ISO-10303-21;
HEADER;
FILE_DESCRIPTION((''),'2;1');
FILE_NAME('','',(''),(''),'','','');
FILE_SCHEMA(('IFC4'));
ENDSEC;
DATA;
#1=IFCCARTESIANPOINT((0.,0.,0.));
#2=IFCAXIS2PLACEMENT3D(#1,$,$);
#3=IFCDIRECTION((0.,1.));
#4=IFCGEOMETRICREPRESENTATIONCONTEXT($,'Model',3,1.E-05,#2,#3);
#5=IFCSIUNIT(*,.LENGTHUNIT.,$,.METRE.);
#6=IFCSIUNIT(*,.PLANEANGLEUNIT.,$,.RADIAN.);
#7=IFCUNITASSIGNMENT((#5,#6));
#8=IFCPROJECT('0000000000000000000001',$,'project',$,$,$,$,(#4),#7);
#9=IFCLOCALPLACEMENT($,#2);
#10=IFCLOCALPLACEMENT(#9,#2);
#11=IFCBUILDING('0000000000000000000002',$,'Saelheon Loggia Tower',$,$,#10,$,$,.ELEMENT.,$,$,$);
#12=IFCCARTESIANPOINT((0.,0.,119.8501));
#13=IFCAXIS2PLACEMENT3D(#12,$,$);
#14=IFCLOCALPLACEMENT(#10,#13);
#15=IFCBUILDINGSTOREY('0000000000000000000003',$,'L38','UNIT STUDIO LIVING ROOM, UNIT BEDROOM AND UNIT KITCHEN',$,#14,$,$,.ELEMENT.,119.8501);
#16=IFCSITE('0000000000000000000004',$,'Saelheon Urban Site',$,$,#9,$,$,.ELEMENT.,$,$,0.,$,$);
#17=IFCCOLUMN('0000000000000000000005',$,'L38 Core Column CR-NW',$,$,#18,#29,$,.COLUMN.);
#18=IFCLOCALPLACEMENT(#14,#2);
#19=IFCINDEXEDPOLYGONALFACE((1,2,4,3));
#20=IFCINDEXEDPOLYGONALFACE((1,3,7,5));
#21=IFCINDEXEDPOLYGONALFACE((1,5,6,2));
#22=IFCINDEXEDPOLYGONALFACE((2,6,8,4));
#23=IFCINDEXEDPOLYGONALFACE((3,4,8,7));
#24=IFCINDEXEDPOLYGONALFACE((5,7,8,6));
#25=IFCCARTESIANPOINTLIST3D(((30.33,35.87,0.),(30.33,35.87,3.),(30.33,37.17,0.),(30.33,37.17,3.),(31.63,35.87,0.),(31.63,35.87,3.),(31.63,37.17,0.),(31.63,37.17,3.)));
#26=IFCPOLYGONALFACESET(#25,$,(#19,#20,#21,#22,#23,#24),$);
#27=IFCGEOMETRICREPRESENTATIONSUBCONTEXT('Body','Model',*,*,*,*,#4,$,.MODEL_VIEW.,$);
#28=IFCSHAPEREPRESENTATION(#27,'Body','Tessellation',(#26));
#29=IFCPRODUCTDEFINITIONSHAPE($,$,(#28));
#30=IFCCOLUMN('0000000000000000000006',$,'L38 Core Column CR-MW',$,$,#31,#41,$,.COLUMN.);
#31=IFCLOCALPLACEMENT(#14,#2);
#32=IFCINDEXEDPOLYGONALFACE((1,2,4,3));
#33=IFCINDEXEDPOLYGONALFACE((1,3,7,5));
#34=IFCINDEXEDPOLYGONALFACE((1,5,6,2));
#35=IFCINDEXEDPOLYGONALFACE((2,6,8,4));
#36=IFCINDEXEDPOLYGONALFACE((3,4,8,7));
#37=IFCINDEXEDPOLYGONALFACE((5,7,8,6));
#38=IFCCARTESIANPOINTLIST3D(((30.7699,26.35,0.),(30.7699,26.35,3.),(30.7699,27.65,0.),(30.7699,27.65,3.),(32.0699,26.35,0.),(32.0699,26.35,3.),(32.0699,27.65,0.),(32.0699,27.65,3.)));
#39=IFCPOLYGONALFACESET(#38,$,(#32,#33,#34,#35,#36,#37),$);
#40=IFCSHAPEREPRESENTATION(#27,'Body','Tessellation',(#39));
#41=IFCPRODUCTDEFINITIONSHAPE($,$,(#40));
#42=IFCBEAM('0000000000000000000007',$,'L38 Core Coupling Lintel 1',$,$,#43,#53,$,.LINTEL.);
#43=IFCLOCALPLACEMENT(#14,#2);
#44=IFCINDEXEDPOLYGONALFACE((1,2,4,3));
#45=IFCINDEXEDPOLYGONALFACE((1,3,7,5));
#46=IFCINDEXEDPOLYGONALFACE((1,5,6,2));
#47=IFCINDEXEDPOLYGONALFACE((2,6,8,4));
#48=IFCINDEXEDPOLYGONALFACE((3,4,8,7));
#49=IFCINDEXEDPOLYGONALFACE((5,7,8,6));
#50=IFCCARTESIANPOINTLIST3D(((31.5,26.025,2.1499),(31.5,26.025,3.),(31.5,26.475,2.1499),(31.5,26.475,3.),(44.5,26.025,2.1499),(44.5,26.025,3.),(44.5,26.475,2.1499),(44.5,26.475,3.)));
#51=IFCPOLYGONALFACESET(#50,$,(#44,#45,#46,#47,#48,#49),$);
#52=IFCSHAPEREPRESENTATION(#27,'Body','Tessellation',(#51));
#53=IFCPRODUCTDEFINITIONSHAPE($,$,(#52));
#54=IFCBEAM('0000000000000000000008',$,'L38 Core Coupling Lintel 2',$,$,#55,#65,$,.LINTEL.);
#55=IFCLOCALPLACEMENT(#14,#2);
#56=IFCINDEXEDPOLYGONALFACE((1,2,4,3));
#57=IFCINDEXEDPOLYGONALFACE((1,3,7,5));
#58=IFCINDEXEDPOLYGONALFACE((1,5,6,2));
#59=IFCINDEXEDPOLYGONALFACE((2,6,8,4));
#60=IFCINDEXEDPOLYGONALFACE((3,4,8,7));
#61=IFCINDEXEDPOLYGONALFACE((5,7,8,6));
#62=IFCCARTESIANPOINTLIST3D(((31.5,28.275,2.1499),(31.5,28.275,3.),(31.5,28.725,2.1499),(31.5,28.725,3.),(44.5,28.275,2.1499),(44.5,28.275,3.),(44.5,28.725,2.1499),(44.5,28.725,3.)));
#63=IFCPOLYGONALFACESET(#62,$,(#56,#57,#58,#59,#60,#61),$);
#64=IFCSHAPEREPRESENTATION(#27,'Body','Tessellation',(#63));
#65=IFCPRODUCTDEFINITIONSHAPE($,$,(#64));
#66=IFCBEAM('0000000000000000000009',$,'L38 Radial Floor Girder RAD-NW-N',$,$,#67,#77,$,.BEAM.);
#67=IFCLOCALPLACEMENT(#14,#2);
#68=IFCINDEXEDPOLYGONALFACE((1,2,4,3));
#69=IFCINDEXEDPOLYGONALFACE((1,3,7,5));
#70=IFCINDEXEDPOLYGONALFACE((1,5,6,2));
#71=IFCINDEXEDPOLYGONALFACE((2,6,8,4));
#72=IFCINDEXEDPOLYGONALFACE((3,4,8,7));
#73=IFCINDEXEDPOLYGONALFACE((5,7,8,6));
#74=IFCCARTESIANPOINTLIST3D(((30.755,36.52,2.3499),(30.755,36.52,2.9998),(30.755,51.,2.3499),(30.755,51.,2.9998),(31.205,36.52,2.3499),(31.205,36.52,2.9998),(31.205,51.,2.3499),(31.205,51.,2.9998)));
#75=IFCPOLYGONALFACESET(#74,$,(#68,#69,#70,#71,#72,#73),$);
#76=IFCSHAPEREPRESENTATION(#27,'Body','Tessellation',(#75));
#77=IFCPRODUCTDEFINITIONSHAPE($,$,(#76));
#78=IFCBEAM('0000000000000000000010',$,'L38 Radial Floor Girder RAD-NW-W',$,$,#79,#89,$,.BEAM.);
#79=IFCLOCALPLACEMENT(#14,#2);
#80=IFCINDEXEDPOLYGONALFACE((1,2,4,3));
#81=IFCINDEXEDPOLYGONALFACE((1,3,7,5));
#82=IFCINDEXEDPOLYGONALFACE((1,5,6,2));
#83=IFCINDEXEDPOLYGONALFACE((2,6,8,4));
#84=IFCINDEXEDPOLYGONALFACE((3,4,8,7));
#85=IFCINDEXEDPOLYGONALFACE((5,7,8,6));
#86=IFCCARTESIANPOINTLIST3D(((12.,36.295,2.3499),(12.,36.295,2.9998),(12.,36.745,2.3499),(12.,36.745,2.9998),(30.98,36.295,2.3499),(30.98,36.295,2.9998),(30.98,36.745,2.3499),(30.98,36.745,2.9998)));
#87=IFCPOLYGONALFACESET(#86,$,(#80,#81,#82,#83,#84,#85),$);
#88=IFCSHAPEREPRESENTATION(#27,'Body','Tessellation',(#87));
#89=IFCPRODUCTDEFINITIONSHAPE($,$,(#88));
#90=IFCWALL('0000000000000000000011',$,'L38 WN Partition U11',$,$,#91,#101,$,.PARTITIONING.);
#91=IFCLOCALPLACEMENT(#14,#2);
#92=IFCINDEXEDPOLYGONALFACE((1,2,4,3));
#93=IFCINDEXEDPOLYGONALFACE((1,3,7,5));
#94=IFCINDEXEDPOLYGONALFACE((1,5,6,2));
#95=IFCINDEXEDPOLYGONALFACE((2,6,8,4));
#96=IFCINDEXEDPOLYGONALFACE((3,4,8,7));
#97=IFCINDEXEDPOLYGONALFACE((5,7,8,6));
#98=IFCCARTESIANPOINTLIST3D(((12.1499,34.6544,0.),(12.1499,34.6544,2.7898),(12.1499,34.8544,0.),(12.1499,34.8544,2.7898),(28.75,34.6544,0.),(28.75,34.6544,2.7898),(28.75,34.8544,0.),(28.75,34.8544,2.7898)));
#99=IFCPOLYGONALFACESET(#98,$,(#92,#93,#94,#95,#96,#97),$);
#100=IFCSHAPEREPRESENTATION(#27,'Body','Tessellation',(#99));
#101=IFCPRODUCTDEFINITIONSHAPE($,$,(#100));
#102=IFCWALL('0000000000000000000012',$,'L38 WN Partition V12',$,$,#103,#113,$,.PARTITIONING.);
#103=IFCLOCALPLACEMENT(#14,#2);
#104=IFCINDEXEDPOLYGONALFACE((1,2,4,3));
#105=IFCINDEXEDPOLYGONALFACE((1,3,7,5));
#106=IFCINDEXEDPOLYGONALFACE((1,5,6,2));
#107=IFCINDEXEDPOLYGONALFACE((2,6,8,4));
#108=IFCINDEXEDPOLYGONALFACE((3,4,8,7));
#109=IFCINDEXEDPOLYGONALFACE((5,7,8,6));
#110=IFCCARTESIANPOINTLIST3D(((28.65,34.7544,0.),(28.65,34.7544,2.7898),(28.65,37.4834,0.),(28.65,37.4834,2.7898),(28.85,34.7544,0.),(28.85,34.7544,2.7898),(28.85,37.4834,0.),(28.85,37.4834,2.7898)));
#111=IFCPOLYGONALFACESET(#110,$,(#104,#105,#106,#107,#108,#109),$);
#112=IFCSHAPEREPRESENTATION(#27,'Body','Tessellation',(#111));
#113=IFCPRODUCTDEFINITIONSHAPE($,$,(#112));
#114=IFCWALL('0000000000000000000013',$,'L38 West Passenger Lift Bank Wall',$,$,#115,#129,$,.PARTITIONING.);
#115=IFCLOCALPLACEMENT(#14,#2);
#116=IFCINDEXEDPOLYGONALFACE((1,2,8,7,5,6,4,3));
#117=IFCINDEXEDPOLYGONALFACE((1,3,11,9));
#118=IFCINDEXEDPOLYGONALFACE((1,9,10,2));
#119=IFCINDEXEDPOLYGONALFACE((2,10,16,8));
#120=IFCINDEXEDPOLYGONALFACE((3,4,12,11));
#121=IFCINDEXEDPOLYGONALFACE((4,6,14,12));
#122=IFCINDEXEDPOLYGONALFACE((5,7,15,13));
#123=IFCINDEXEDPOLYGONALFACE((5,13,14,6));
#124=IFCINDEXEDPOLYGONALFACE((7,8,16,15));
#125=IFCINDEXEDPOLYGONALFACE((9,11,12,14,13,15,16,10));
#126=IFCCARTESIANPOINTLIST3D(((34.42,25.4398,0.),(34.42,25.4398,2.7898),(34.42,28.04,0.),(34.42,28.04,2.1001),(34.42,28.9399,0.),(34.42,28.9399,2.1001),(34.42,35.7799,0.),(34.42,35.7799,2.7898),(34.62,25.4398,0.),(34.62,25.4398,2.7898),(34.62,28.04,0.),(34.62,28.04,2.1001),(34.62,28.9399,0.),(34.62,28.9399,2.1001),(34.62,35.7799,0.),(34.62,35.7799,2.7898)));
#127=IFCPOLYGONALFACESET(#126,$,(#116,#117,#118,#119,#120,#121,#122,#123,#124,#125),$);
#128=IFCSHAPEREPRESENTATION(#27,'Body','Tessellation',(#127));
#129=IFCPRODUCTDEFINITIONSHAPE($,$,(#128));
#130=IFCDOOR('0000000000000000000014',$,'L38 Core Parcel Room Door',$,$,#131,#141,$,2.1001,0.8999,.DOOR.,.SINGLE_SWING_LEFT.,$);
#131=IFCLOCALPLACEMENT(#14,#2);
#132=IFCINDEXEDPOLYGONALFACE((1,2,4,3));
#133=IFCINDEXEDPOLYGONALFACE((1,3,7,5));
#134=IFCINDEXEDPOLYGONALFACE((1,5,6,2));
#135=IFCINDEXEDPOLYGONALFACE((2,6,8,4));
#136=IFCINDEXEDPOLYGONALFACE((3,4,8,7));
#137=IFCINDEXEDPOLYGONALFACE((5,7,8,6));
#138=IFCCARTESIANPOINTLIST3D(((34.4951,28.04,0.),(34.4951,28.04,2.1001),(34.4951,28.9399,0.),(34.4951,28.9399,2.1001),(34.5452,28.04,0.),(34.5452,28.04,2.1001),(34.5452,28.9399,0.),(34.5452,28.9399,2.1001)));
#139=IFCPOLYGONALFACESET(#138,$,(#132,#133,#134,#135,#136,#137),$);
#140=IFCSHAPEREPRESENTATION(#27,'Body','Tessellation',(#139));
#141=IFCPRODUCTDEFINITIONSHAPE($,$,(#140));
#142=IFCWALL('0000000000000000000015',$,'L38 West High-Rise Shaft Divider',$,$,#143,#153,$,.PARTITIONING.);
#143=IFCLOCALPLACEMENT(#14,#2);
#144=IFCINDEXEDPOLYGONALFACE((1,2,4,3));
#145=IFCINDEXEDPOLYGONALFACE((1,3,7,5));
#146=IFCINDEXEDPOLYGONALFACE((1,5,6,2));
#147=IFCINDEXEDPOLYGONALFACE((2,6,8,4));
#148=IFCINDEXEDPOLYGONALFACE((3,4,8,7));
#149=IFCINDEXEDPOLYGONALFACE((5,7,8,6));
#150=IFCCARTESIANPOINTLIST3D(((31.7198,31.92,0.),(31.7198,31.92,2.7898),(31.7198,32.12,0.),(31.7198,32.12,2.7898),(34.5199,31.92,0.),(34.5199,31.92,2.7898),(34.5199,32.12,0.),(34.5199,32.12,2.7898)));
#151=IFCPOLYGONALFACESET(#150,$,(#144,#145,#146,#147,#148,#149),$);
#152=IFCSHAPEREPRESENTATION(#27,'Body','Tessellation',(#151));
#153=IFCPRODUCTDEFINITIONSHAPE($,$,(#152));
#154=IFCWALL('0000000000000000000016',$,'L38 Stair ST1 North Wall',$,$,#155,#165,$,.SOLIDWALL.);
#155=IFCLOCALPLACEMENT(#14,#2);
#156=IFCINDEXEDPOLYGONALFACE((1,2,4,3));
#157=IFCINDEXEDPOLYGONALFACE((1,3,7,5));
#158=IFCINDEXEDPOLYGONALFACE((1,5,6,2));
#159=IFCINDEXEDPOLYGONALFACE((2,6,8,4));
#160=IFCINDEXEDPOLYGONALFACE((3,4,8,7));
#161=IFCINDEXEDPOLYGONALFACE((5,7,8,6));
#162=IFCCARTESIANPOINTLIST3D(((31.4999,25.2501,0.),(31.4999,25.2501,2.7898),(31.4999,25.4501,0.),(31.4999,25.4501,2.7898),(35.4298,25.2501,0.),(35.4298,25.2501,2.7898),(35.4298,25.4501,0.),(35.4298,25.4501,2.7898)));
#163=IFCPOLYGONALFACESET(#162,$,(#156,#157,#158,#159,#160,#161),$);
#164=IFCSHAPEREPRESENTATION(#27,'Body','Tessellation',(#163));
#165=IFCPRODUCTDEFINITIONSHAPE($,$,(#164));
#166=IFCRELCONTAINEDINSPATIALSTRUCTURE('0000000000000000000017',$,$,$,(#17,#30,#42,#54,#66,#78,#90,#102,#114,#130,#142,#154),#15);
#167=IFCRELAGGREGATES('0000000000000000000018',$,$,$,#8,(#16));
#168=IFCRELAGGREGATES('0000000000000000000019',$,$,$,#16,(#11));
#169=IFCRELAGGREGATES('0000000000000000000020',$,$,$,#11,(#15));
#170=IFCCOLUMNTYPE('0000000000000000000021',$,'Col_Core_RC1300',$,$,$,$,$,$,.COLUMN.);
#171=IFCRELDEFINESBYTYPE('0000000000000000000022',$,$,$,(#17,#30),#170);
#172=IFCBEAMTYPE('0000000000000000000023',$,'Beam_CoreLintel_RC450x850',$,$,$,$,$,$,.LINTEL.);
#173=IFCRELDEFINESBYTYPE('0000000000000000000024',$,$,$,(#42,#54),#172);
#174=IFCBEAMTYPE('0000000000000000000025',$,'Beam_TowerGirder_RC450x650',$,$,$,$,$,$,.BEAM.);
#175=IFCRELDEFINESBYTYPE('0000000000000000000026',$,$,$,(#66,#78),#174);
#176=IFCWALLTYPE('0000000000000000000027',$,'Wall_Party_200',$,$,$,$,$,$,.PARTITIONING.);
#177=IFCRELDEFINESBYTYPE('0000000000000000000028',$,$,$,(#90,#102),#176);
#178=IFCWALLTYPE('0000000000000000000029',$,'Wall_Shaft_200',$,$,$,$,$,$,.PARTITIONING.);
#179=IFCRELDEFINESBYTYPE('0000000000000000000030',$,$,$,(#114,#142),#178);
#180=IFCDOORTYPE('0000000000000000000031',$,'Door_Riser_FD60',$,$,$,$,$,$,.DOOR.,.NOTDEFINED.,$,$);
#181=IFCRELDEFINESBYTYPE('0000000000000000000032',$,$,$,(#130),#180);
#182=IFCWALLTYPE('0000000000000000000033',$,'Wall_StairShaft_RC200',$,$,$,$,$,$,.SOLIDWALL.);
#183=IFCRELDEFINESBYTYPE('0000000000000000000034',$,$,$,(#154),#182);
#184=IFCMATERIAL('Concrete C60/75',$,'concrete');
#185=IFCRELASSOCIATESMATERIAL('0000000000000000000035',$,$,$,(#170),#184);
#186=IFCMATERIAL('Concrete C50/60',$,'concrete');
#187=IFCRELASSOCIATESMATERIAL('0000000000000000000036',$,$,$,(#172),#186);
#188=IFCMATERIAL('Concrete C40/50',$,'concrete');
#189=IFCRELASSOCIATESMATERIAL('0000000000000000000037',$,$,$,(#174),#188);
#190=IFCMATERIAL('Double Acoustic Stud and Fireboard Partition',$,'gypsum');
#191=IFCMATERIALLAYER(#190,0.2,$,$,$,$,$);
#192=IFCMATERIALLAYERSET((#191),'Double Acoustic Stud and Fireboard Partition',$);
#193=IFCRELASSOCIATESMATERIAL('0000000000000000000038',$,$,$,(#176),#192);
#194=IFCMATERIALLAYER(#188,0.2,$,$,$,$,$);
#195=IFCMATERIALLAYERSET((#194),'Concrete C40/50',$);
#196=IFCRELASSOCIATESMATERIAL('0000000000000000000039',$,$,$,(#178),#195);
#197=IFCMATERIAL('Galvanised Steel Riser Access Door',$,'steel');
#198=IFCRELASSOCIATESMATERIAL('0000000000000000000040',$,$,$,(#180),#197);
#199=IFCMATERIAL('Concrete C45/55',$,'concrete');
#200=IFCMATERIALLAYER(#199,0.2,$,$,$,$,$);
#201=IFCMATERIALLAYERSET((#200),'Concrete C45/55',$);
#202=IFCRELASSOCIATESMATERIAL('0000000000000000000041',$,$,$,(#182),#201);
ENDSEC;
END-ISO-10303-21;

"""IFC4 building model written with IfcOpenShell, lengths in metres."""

from ifc_helpers import new_model, si_unit, direction, frame, frame_2d, origin, origin_2d, place, context, subcontext, project, spatial, rectangle, extrude, source, transform, mapped, material, layer, layer_set, material_profile, profile_set, type_object, element, fill, save


model = new_model("IFC4")

# Units and contexts
model_context = context("Model", 3, precision=1e-05, world=origin(), true_north=direction((0.0, 1.0)))
body_context = subcontext(model_context, "Body", "Model", "MODEL_VIEW")
ifc_project = project(units=[si_unit("LENGTHUNIT", "METRE"), si_unit("PLANEANGLEUNIT", "RADIAN")], contexts=[model_context])

# Site, building, storey
site_placement = place(None, origin())
site = spatial("IfcSite", under=ifc_project, at=site_placement, Name="Saelheon Urban Site", CompositionType="ELEMENT", RefElevation=0.0)
building_placement = place(site_placement, origin())
building = spatial("IfcBuilding", under=site, at=building_placement, Name="Saelheon Loggia Tower", CompositionType="ELEMENT")
storey_placement = place(building_placement, frame((0.0, 0.0, 119.8501)))
storey = spatial("IfcBuildingStorey", under=building, at=storey_placement, Name="L38", Description="UNIT STUDIO LIVING ROOM, UNIT BEDROOM AND UNIT KITCHEN", CompositionType="ELEMENT", Elevation=119.8501)

# Columns
ifc_material_1 = material(Name="Concrete C60/75", Category="concrete")
ifc_material_profile_1 = material_profile(ifc_material_1, rectangle(XDim=1.3, YDim=1.3, at=origin_2d()), Name="RC-1300x1300")
ifc_profile_set_1 = profile_set([ifc_material_profile_1], Name="Concrete C60/75")
column_type = type_object("IfcColumnType", Name="Col_Core_RC1300", PredefinedType="COLUMN", material=ifc_profile_set_1)
shared_shape_1 = source(origin(), body_context, "Body", "SweptSolid", [
    extrude(rectangle(XDim=1.3, YDim=1.3, at=origin_2d()), origin(), (0.0, 0.0, 1.0), 3.0),
])
for number, where, z_axis, x_axis, name in (
    (1, (30.98, 36.52, 0.0), (0.0, 0.0, 1.0), (1.0, 0.0, 0.0), "L38 Core Column CR-NW"),
    (2, (31.4199, 27.0, 0.0), (0.0, 0.0, 1.0), (1.0, 0.0, 0.0), "L38 Core Column CR-MW"),
):
    element("IfcColumn", number, at=place(storey_placement, frame(where, z_axis=z_axis, x_axis=x_axis)), inside=storey, type_object=column_type, Name=name, PredefinedType="COLUMN", context=body_context, shape_type="MappedRepresentation", body=[
        mapped(shared_shape_1, transform((0.0, 0.0, 0.0), scale=1.0)),
    ])

# Beams
ifc_material_2 = material(Name="Concrete C50/60", Category="concrete")
ifc_material_profile_2 = material_profile(ifc_material_2, rectangle(XDim=0.45, YDim=0.8501, at=origin_2d()), Name="RC-450x850")
ifc_profile_set_2 = profile_set([ifc_material_profile_2], Name="Concrete C50/60")
beam_type_1 = type_object("IfcBeamType", Name="Beam_CoreLintel_RC450x850", PredefinedType="LINTEL", material=ifc_profile_set_2)
shared_shape_2 = source(origin(), body_context, "Body", "SweptSolid", [
    extrude(rectangle(XDim=0.45, YDim=0.8501, at=origin_2d()), origin(), (0.0, 0.0, 1.0), 13.0),
])
for number, where, z_axis, x_axis, name in (
    (3, (31.5, 26.25, 2.575), (1.0, 0.0, 0.0), (0.0, 1.0, 0.0), "L38 Core Coupling Lintel 1"),
    (4, (31.5, 28.5, 2.575), (1.0, 0.0, 0.0), (0.0, 1.0, 0.0), "L38 Core Coupling Lintel 2"),
):
    element("IfcBeam", number, at=place(storey_placement, frame(where, z_axis=z_axis, x_axis=x_axis)), inside=storey, type_object=beam_type_1, Name=name, PredefinedType="LINTEL", context=body_context, shape_type="MappedRepresentation", body=[
        mapped(shared_shape_2, transform((0.0, 0.0, 0.0), scale=1.0)),
    ])
ifc_material_3 = material(Name="Concrete C40/50", Category="concrete")
ifc_material_profile_3 = material_profile(ifc_material_3, rectangle(XDim=0.45, YDim=0.6499, at=origin_2d()), Name="RC-450x650")
ifc_profile_set_3 = profile_set([ifc_material_profile_3], Name="Concrete C40/50")
beam_type_2 = type_object("IfcBeamType", Name="Beam_TowerGirder_RC450x650", PredefinedType="BEAM", material=ifc_profile_set_3)
shared_shape_3 = source(origin(), body_context, "Body", "SweptSolid", [
    extrude(rectangle(XDim=0.45, YDim=0.6499, at=origin_2d()), origin(), (0.0, 0.0, 1.0), 14.48),
])
beam_1_placement = place(storey_placement, frame((30.98, 36.52, 2.6748), z_axis=(0.0, 1.0, 0.0), x_axis=(-1.0, 0.0, 0.0)))
element("IfcBeam", 5, at=beam_1_placement, inside=storey, type_object=beam_type_2, Name="L38 Radial Floor Girder RAD-NW-N", PredefinedType="BEAM", context=body_context, shape_type="MappedRepresentation", body=[
    mapped(shared_shape_3, transform((0.0, 0.0, 0.0), scale=1.0)),
])
shared_shape_4 = source(origin(), body_context, "Body", "SweptSolid", [
    extrude(rectangle(XDim=0.45, YDim=0.6499, at=origin_2d()), origin(), (0.0, 0.0, 1.0), 18.98),
])
beam_2_placement = place(storey_placement, frame((30.98, 36.52, 2.6748), z_axis=(-1.0, 0.0, 0.0), x_axis=(0.0, -1.0, 0.0)))
element("IfcBeam", 6, at=beam_2_placement, inside=storey, type_object=beam_type_2, Name="L38 Radial Floor Girder RAD-NW-W", PredefinedType="BEAM", context=body_context, shape_type="MappedRepresentation", body=[
    mapped(shared_shape_4, transform((0.0, 0.0, 0.0), scale=1.0)),
])

# Walls
ifc_material_4 = material(Name="Double Acoustic Stud and Fireboard Partition", Category="gypsum")
ifc_layer_1 = layer(ifc_material_4, 0.2)
ifc_layer_set_1 = layer_set([ifc_layer_1], Name="Double Acoustic Stud and Fireboard Partition")
wall_type_1 = type_object("IfcWallType", Name="Wall_Party_200", PredefinedType="PARTITIONING", material=ifc_layer_set_1)
wall_1_placement = place(storey_placement, frame((28.75, 34.7544, 0.0), z_axis=(0.0, 0.0, 1.0), x_axis=(-1.0, 0.0, 0.0)))
element("IfcWall", 7, at=wall_1_placement, inside=storey, type_object=wall_type_1, Name="L38 WN Partition U11", PredefinedType="PARTITIONING", context=body_context, shape_type="SweptSolid", body=[
    extrude(rectangle(XDim=16.6001, YDim=0.2, at=frame_2d((8.3, 0.0))), origin(), (0.0, 0.0, 1.0), 2.7898),
])
wall_2_placement = place(storey_placement, frame((28.75, 34.7544, 0.0), z_axis=(0.0, 0.0, 1.0), x_axis=(0.0, 1.0, 0.0)))
element("IfcWall", 8, at=wall_2_placement, inside=storey, type_object=wall_type_1, Name="L38 WN Partition V12", PredefinedType="PARTITIONING", context=body_context, shape_type="SweptSolid", body=[
    extrude(rectangle(XDim=2.729, YDim=0.2, at=frame_2d((1.3645, 0.0))), origin(), (0.0, 0.0, 1.0), 2.7898),
])

# Wall, opening, door
ifc_layer_2 = layer(ifc_material_3, 0.2)
ifc_layer_set_2 = layer_set([ifc_layer_2], Name="Concrete C40/50")
wall_type_2 = type_object("IfcWallType", Name="Wall_Shaft_200", PredefinedType="PARTITIONING", material=ifc_layer_set_2)
wall_3_placement = place(storey_placement, frame((34.52, 25.4399, 0.0), z_axis=(0.0, 0.0, 1.0), x_axis=(0.0, 1.0, 0.0)))
wall_3 = element("IfcWall", 9, at=wall_3_placement, inside=storey, type_object=wall_type_2, Name="L38 West Passenger Lift Bank Wall", PredefinedType="PARTITIONING", context=body_context, shape_type="SweptSolid", body=[
    extrude(rectangle(XDim=10.3401, YDim=0.2, at=frame_2d((5.1699, 0.0))), origin(), (0.0, 0.0, 1.0), 2.7898),
])
opening_1_placement = place(wall_3_placement, frame((2.6001, 0.0, 0.0)))
opening_1 = element("IfcOpeningElement", 10, at=opening_1_placement, cuts=wall_3, PredefinedType="OPENING", context=body_context, shape_type="SweptSolid", body=[
    extrude(rectangle(XDim=0.8999, YDim=2.1001, at=frame_2d((0.45, 1.05))), frame((0.0, 0.1121, 0.0), z_axis=(0.0, -1.0, 0.0), x_axis=(1.0, 0.0, 0.0)), (0.0, 0.0, 1.0), 0.2239),
])
ifc_material_5 = material(Name="Galvanised Steel Riser Access Door", Category="steel")
door_type_1 = type_object("IfcDoorType", Name="Door_Riser_FD60", OperationType="NOTDEFINED", PredefinedType="DOOR", material=ifc_material_5)
shared_shape_5 = source(origin(), body_context, "Body", "SweptSolid", [
    extrude(rectangle(XDim=0.8999, YDim=2.1001, at=frame_2d((0.45, 1.05))), frame((0.0, 0.0249, 0.0), z_axis=(0.0, -1.0, 0.0), x_axis=(1.0, 0.0, 0.0)), (0.0, 0.0, 1.0), 0.05),
])
door_1_placement = place(opening_1_placement, origin())
door_1 = element("IfcDoor", 11, at=door_1_placement, inside=storey, type_object=door_type_1, Name="L38 Core Parcel Room Door", OperationType="SINGLE_SWING_LEFT", OverallHeight=2.1001, OverallWidth=0.8999, PredefinedType="DOOR", context=body_context, shape_type="MappedRepresentation", body=[
    mapped(shared_shape_5, transform((0.0, 0.0, 0.0), scale=1.0)),
])
fill(opening_1, door_1)

# Walls
wall_4_placement = place(storey_placement, frame((31.72, 32.02, 0.0), z_axis=(0.0, 0.0, 1.0), x_axis=(1.0, 0.0, 0.0)))
element("IfcWall", 12, at=wall_4_placement, inside=storey, type_object=wall_type_2, Name="L38 West High-Rise Shaft Divider", PredefinedType="PARTITIONING", context=body_context, shape_type="SweptSolid", body=[
    extrude(rectangle(XDim=2.8, YDim=0.2, at=frame_2d((1.3999, 0.0))), origin(), (0.0, 0.0, 1.0), 2.7898),
])
ifc_material_6 = material(Name="Concrete C45/55", Category="concrete")
ifc_layer_3 = layer(ifc_material_6, 0.2)
ifc_layer_set_3 = layer_set([ifc_layer_3], Name="Concrete C45/55")
wall_type_3 = type_object("IfcWallType", Name="Wall_StairShaft_RC200", PredefinedType="SOLIDWALL", material=ifc_layer_set_3)
wall_5_placement = place(storey_placement, frame((31.5, 25.3501, 0.0), z_axis=(0.0, 0.0, 1.0), x_axis=(1.0, 0.0, 0.0)))
element("IfcWall", 13, at=wall_5_placement, inside=storey, type_object=wall_type_3, Name="L38 Stair ST1 North Wall", PredefinedType="SOLIDWALL", context=body_context, shape_type="SweptSolid", body=[
    extrude(rectangle(XDim=3.9299, YDim=0.2, at=frame_2d((1.9648, 0.0))), origin(), (0.0, 0.0, 1.0), 2.7898),
])

save(model, "model.ifc")
